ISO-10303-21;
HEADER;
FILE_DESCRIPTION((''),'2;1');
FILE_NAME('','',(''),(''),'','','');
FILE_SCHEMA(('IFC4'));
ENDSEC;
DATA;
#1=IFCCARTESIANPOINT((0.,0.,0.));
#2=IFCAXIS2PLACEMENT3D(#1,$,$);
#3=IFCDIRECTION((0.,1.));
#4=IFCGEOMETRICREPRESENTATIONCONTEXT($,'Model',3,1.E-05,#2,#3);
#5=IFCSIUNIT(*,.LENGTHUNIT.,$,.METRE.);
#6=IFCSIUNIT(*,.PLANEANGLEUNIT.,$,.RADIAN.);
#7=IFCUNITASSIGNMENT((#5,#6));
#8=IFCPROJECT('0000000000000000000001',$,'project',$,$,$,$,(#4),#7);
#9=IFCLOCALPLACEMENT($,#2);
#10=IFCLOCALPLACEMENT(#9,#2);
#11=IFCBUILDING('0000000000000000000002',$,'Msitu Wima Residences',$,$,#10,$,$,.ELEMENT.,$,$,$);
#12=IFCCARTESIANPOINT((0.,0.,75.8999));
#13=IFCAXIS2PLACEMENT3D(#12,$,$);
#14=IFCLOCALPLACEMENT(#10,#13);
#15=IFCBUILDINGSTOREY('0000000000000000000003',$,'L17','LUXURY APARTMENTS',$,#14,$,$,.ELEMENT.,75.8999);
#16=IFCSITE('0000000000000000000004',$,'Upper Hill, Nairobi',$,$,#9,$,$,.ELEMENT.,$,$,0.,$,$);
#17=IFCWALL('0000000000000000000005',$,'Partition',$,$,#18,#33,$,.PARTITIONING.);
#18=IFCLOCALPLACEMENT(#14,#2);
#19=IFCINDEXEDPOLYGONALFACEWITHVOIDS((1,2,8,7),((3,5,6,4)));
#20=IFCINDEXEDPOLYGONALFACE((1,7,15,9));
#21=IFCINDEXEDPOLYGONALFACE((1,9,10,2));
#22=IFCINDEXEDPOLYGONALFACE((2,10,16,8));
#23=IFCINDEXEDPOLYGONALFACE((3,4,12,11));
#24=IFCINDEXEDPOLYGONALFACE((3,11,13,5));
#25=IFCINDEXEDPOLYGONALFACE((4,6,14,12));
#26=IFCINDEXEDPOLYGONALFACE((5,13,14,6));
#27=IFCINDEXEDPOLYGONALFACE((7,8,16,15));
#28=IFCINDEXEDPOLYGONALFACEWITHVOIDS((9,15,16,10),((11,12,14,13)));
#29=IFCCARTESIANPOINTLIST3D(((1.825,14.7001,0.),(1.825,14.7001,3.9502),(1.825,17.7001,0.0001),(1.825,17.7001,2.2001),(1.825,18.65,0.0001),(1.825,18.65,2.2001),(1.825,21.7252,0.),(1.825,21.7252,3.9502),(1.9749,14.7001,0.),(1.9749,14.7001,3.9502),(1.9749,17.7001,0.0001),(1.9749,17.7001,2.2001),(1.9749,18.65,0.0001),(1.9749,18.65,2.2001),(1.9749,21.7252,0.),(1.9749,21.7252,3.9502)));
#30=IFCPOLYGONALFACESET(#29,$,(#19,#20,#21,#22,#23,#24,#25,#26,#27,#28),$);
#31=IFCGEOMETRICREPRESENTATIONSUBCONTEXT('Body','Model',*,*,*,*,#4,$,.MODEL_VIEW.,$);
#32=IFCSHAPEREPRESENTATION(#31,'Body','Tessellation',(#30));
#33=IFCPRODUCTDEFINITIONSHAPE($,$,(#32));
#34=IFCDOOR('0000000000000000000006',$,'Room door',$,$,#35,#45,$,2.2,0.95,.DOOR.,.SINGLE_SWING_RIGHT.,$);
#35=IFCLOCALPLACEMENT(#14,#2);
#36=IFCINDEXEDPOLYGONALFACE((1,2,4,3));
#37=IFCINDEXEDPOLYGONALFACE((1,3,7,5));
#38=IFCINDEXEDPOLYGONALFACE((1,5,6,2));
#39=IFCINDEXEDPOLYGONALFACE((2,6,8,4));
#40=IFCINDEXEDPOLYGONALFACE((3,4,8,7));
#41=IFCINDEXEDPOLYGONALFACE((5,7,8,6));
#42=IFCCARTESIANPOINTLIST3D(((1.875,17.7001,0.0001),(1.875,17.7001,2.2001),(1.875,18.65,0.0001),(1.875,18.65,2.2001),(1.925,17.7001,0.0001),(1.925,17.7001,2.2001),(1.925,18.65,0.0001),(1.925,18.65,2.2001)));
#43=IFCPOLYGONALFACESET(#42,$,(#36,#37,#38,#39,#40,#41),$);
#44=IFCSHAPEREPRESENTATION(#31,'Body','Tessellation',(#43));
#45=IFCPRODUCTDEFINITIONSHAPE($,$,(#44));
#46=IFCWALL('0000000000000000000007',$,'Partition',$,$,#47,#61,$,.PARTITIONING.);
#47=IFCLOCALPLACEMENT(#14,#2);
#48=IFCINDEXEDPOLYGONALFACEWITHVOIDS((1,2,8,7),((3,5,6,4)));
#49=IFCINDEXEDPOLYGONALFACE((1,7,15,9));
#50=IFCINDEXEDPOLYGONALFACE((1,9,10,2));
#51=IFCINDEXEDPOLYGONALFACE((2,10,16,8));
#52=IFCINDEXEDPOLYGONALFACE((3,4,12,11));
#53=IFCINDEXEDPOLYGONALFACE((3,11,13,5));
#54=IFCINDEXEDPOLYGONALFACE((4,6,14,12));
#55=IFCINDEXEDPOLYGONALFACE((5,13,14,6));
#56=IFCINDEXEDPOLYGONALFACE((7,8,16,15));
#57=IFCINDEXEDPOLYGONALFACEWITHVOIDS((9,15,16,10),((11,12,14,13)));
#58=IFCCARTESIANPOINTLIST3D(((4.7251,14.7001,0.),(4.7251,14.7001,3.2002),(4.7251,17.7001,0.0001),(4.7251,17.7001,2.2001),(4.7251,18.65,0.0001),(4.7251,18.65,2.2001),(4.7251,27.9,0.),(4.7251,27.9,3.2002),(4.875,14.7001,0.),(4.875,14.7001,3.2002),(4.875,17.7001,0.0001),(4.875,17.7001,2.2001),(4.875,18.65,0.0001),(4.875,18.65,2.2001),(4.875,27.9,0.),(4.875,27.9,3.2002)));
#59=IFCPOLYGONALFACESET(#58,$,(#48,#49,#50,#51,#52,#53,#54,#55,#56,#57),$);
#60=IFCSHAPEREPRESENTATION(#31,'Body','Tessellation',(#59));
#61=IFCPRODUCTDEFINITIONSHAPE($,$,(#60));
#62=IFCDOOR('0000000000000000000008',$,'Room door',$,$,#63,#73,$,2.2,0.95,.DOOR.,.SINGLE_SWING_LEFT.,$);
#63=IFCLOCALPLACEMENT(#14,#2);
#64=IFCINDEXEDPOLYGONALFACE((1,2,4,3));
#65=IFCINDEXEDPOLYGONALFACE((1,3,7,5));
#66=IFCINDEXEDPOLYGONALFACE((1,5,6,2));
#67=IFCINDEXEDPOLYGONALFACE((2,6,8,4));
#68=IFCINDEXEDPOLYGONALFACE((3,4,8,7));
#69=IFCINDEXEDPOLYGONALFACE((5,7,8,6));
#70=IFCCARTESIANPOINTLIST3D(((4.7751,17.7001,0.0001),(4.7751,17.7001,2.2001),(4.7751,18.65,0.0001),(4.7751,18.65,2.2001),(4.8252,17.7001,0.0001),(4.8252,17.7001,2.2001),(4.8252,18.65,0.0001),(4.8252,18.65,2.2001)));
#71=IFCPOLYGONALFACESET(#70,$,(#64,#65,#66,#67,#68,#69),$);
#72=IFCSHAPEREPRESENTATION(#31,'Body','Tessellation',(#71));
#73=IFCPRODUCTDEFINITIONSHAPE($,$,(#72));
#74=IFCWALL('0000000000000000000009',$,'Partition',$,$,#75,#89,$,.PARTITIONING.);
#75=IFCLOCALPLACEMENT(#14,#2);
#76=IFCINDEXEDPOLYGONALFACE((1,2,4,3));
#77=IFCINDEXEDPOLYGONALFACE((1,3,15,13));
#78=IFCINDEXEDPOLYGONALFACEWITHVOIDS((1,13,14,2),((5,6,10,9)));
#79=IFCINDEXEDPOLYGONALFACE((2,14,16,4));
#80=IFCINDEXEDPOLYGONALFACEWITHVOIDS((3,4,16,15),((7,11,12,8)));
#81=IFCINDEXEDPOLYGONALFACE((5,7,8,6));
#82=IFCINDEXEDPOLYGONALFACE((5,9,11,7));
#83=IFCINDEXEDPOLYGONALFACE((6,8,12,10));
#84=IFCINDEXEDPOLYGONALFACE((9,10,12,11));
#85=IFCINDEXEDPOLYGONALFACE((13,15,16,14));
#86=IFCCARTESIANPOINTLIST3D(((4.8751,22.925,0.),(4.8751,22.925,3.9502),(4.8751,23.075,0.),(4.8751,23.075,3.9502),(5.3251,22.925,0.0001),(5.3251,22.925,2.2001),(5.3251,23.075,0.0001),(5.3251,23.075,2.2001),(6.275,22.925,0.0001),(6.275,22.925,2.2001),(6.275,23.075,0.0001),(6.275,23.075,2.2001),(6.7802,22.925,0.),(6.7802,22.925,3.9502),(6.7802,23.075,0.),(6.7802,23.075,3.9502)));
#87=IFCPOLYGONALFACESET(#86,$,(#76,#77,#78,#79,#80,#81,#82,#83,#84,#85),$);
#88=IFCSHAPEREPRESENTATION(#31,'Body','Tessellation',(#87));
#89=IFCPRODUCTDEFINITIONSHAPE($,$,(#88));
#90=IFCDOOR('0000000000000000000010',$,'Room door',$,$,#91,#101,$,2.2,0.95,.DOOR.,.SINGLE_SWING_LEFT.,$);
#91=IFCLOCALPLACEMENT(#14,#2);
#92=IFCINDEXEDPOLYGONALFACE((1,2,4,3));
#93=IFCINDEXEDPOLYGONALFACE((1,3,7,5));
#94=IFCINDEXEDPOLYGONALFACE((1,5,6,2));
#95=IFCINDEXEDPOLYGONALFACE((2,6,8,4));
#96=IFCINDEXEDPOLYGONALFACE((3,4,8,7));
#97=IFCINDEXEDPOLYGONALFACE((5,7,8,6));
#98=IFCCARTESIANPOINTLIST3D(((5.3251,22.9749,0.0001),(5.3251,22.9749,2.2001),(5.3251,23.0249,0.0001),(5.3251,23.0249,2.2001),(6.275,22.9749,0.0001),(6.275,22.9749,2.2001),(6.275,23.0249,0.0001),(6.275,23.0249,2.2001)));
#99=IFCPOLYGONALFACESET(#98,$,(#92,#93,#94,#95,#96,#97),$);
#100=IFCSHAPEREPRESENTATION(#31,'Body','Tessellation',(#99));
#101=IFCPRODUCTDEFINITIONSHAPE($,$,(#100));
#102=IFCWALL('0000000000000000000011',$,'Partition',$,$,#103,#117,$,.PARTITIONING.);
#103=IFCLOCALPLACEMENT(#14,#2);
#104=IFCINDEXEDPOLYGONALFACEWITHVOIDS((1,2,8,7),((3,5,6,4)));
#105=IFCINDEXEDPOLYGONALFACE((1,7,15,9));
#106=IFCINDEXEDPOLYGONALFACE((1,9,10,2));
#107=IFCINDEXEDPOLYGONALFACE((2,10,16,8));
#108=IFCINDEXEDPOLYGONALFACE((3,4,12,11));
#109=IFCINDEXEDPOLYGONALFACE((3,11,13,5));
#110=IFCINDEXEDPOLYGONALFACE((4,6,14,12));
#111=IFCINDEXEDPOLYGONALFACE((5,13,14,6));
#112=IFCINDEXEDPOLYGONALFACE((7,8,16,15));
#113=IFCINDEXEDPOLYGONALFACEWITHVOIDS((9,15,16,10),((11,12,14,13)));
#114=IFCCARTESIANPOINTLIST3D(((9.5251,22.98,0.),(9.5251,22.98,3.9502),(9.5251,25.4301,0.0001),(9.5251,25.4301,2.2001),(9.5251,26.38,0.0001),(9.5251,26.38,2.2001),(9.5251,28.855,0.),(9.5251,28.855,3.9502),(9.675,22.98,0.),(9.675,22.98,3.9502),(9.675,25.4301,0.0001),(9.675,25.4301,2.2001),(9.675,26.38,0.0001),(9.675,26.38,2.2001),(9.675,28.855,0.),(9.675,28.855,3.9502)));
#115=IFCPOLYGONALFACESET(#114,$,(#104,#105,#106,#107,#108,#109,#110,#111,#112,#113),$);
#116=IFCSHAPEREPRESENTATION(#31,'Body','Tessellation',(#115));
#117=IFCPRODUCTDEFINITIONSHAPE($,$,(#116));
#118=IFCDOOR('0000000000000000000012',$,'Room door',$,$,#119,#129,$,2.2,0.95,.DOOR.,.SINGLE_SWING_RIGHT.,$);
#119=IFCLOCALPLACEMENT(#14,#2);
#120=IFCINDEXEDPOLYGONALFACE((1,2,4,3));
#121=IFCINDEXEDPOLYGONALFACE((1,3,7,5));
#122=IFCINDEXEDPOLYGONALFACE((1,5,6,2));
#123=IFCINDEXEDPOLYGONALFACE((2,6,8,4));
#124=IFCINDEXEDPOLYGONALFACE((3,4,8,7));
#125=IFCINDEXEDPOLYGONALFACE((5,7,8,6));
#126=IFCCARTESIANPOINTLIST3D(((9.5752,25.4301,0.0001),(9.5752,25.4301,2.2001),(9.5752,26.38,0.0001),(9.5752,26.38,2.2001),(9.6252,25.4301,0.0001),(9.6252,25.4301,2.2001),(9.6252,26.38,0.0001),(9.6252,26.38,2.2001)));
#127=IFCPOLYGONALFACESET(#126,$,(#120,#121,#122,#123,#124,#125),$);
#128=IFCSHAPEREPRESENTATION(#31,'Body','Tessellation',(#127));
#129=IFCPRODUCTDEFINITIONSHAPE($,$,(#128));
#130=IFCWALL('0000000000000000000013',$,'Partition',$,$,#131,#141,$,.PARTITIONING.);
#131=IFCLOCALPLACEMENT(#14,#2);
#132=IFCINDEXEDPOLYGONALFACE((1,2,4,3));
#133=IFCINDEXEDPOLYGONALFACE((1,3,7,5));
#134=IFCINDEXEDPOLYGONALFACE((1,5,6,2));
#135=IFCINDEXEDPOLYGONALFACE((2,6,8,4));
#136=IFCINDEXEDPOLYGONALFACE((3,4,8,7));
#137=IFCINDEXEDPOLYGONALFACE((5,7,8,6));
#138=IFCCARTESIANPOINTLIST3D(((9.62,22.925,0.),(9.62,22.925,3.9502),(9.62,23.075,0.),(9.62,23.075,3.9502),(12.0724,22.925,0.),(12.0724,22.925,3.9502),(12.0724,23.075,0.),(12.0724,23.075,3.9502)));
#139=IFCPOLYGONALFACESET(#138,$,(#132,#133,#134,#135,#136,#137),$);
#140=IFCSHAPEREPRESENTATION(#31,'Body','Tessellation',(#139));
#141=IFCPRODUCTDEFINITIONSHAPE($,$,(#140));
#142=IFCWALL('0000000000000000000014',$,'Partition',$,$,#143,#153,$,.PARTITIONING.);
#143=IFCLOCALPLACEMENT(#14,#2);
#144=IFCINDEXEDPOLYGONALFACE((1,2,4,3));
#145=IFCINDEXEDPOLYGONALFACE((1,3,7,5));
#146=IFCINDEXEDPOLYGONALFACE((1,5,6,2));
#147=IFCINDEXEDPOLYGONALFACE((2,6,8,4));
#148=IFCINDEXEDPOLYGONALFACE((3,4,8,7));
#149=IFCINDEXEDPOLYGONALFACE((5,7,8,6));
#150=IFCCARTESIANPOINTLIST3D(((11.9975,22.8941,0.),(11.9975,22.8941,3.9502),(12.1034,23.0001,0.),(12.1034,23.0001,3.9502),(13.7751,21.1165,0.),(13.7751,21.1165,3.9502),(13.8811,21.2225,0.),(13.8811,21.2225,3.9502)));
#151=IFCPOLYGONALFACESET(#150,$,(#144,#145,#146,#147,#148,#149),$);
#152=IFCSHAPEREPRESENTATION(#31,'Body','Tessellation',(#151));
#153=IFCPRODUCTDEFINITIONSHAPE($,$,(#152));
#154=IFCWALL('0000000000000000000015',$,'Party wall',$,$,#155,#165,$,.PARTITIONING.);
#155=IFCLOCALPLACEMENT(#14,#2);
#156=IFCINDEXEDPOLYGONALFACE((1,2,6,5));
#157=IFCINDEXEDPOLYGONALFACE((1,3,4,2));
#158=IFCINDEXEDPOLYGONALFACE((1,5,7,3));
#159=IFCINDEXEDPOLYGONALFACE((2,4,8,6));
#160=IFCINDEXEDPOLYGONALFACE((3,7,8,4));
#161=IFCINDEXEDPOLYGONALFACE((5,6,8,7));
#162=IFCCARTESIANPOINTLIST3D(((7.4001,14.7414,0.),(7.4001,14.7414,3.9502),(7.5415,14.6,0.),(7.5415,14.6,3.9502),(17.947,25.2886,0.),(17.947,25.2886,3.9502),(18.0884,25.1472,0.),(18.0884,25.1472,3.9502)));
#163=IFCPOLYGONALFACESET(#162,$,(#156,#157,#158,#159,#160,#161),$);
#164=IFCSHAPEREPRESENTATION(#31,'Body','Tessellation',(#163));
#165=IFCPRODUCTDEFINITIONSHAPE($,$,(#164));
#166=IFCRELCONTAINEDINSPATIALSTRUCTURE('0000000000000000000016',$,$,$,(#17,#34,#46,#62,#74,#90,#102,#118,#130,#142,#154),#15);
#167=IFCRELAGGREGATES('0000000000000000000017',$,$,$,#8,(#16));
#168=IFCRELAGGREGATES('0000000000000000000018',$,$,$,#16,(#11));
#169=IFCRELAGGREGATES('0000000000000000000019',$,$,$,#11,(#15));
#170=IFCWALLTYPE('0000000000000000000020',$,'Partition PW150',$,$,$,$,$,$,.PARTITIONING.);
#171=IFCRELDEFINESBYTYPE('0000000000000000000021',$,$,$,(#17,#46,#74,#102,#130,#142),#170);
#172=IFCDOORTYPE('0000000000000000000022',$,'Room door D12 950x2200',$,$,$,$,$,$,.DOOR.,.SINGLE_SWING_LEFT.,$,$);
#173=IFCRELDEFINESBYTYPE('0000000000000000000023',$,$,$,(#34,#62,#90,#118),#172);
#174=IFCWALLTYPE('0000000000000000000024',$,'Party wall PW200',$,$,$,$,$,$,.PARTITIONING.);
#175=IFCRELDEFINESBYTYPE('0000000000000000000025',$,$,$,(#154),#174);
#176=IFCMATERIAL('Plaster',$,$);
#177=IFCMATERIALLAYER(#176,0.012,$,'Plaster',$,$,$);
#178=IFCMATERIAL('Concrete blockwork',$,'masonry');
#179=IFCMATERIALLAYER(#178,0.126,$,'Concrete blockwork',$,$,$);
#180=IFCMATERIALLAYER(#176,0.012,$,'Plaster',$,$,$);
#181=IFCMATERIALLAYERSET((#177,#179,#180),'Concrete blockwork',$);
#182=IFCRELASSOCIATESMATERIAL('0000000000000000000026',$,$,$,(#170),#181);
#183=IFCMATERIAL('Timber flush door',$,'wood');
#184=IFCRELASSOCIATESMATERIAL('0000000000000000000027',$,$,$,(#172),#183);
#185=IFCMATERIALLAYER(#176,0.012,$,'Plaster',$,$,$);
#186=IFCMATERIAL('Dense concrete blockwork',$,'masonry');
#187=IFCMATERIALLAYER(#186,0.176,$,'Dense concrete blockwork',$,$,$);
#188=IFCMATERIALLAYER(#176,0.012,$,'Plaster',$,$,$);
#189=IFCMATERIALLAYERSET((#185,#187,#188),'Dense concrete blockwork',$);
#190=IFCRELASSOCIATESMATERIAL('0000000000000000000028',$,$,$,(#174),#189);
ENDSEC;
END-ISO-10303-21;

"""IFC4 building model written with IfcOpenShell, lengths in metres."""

from ifc_helpers import new_model, si_unit, direction, frame, frame_2d, origin, place, context, subcontext, project, spatial, rectangle, extrude, material, layer, layer_set, type_object, element, fill, save


model = new_model("IFC4")

# Units and contexts
model_context = context("Model", 3, precision=1e-05, world=origin(), true_north=direction((0.0, 1.0)))
body_context = subcontext(model_context, "Body", "Model", "MODEL_VIEW")
ifc_project = project(units=[si_unit("LENGTHUNIT", "METRE"), si_unit("PLANEANGLEUNIT", "RADIAN")], contexts=[model_context])

# Site, building, storey
site_placement = place(None, origin())
site = spatial("IfcSite", under=ifc_project, at=site_placement, Name="Upper Hill, Nairobi", CompositionType="ELEMENT", RefElevation=0.0)
building_placement = place(site_placement, origin())
building = spatial("IfcBuilding", under=site, at=building_placement, Name="Msitu Wima Residences", CompositionType="ELEMENT")
storey_placement = place(building_placement, frame((0.0, 0.0, 75.8999)))
storey = spatial("IfcBuildingStorey", under=building, at=storey_placement, Name="L17", Description="LUXURY APARTMENTS", CompositionType="ELEMENT", Elevation=75.8999)

# Walls, openings, doors
ifc_material_1 = material(Name="Plaster")
ifc_layer_1 = layer(ifc_material_1, 0.012, Name="Plaster")
ifc_material_2 = material(Name="Concrete blockwork", Category="masonry")
ifc_layer_2 = layer(ifc_material_2, 0.126, Name="Concrete blockwork")
ifc_layer_3 = layer(ifc_material_1, 0.012, Name="Plaster")
ifc_layer_set_1 = layer_set([ifc_layer_1, ifc_layer_2, ifc_layer_3], Name="Concrete blockwork")
wall_type_1 = type_object("IfcWallType", Name="Partition PW150", PredefinedType="PARTITIONING", material=ifc_layer_set_1)
wall_1_placement = place(storey_placement, frame((1.8999, 14.7, 0.0), z_axis=(0.0, 0.0, 1.0), x_axis=(0.0, 1.0, 0.0)))
wall_1 = element("IfcWall", 1, at=wall_1_placement, inside=storey, type_object=wall_type_1, Name="Partition", PredefinedType="PARTITIONING", context=body_context, shape_type="SweptSolid", body=[
    extrude(rectangle(XDim=7.0251, YDim=0.1499, at=frame_2d((3.5127, 0.0))), origin(), (0.0, 0.0, 1.0), 3.9502),
])
opening_1_placement = place(wall_1_placement, frame((3.0, 0.0, 0.0)))
opening_1 = element("IfcOpeningElement", 2, at=opening_1_placement, cuts=wall_1, PredefinedType="OPENING", context=body_context, shape_type="SweptSolid", body=[
    extrude(rectangle(XDim=0.95, YDim=2.2, at=frame_2d((0.4751, 1.1001))), frame((0.0, 0.085, 0.0), z_axis=(0.0, -1.0, 0.0), x_axis=(1.0, 0.0, 0.0)), (0.0, 0.0, 1.0), 0.1699),
])
ifc_material_3 = material(Name="Timber flush door", Category="wood")
door_type_1 = type_object("IfcDoorType", Name="Room door D12 950x2200", OperationType="SINGLE_SWING_LEFT", PredefinedType="DOOR", material=ifc_material_3)
door_1_placement = place(opening_1_placement, origin())
door_1 = element("IfcDoor", 3, at=door_1_placement, inside=storey, type_object=door_type_1, Name="Room door", OperationType="SINGLE_SWING_RIGHT", OverallHeight=2.2, OverallWidth=0.95, PredefinedType="DOOR", context=body_context, shape_type="SweptSolid", body=[
    extrude(rectangle(XDim=0.95, YDim=2.2, at=frame_2d((0.4751, 1.1001))), frame((0.0, 0.0249, 0.0), z_axis=(0.0, -1.0, 0.0), x_axis=(1.0, 0.0, 0.0)), (0.0, 0.0, 1.0), 0.05),
])
fill(opening_1, door_1)
wall_2_placement = place(storey_placement, frame((4.8, 14.7, 0.0), z_axis=(0.0, 0.0, 1.0), x_axis=(0.0, 1.0, 0.0)))
wall_2 = element("IfcWall", 4, at=wall_2_placement, inside=storey, type_object=wall_type_1, Name="Partition", PredefinedType="PARTITIONING", context=body_context, shape_type="SweptSolid", body=[
    extrude(rectangle(XDim=13.2, YDim=0.1499, at=frame_2d((6.6001, 0.0))), origin(), (0.0, 0.0, 1.0), 3.2002),
])
opening_2_placement = place(wall_2_placement, frame((3.0, 0.0, 0.0)))
opening_2 = element("IfcOpeningElement", 5, at=opening_2_placement, cuts=wall_2, PredefinedType="OPENING", context=body_context, shape_type="SweptSolid", body=[
    extrude(rectangle(XDim=0.95, YDim=2.2, at=frame_2d((0.4751, 1.1001))), frame((0.0, 0.085, 0.0), z_axis=(0.0, -1.0, 0.0), x_axis=(1.0, 0.0, 0.0)), (0.0, 0.0, 1.0), 0.1699),
])
door_2_placement = place(opening_2_placement, origin())
door_2 = element("IfcDoor", 6, at=door_2_placement, inside=storey, type_object=door_type_1, Name="Room door", OperationType="SINGLE_SWING_LEFT", OverallHeight=2.2, OverallWidth=0.95, PredefinedType="DOOR", context=body_context, shape_type="SweptSolid", body=[
    extrude(rectangle(XDim=0.95, YDim=2.2, at=frame_2d((0.4751, 1.1001))), frame((0.0, 0.0249, 0.0), z_axis=(0.0, -1.0, 0.0), x_axis=(1.0, 0.0, 0.0)), (0.0, 0.0, 1.0), 0.05),
])
fill(opening_2, door_2)
wall_3_placement = place(storey_placement, frame((4.875, 23.0, 0.0), z_axis=(0.0, 0.0, 1.0), x_axis=(1.0, 0.0, 0.0)))
wall_3 = element("IfcWall", 7, at=wall_3_placement, inside=storey, type_object=wall_type_1, Name="Partition", PredefinedType="PARTITIONING", context=body_context, shape_type="SweptSolid", body=[
    extrude(rectangle(XDim=1.905, YDim=0.1499, at=frame_2d((0.9526, 0.0))), origin(), (0.0, 0.0, 1.0), 3.9502),
])
opening_3_placement = place(wall_3_placement, frame((0.45, 0.0, 0.0)))
opening_3 = element("IfcOpeningElement", 8, at=opening_3_placement, cuts=wall_3, PredefinedType="OPENING", context=body_context, shape_type="SweptSolid", body=[
    extrude(rectangle(XDim=0.95, YDim=2.2, at=frame_2d((0.4751, 1.1001))), frame((0.0, 0.085, 0.0), z_axis=(0.0, -1.0, 0.0), x_axis=(1.0, 0.0, 0.0)), (0.0, 0.0, 1.0), 0.1699),
])
door_3_placement = place(opening_3_placement, origin())
door_3 = element("IfcDoor", 9, at=door_3_placement, inside=storey, type_object=door_type_1, Name="Room door", OperationType="SINGLE_SWING_LEFT", OverallHeight=2.2, OverallWidth=0.95, PredefinedType="DOOR", context=body_context, shape_type="SweptSolid", body=[
    extrude(rectangle(XDim=0.95, YDim=2.2, at=frame_2d((0.4751, 1.1001))), frame((0.0, 0.0249, 0.0), z_axis=(0.0, -1.0, 0.0), x_axis=(1.0, 0.0, 0.0)), (0.0, 0.0, 1.0), 0.05),
])
fill(opening_3, door_3)
wall_4_placement = place(storey_placement, frame((9.6001, 22.98, 0.0), z_axis=(0.0, 0.0, 1.0), x_axis=(0.0, 1.0, 0.0)))
wall_4 = element("IfcWall", 10, at=wall_4_placement, inside=storey, type_object=wall_type_1, Name="Partition", PredefinedType="PARTITIONING", context=body_context, shape_type="SweptSolid", body=[
    extrude(rectangle(XDim=5.875, YDim=0.1499, at=frame_2d((2.9375, 0.0))), origin(), (0.0, 0.0, 1.0), 3.9502),
])
opening_4_placement = place(wall_4_placement, frame((2.45, 0.0, 0.0)))
opening_4 = element("IfcOpeningElement", 11, at=opening_4_placement, cuts=wall_4, PredefinedType="OPENING", context=body_context, shape_type="SweptSolid", body=[
    extrude(rectangle(XDim=0.95, YDim=2.2, at=frame_2d((0.4751, 1.1001))), frame((0.0, 0.085, 0.0), z_axis=(0.0, -1.0, 0.0), x_axis=(1.0, 0.0, 0.0)), (0.0, 0.0, 1.0), 0.1699),
])
door_4_placement = place(opening_4_placement, origin())
door_4 = element("IfcDoor", 12, at=door_4_placement, inside=storey, type_object=door_type_1, Name="Room door", OperationType="SINGLE_SWING_RIGHT", OverallHeight=2.2, OverallWidth=0.95, PredefinedType="DOOR", context=body_context, shape_type="SweptSolid", body=[
    extrude(rectangle(XDim=0.95, YDim=2.2, at=frame_2d((0.4751, 1.1001))), frame((0.0, 0.0249, 0.0), z_axis=(0.0, -1.0, 0.0), x_axis=(1.0, 0.0, 0.0)), (0.0, 0.0, 1.0), 0.05),
])
fill(opening_4, door_4)

# Walls
wall_5_placement = place(storey_placement, frame((9.6201, 23.0, 0.0), z_axis=(0.0, 0.0, 1.0), x_axis=(1.0, 0.0, 0.0)))
element("IfcWall", 13, at=wall_5_placement, inside=storey, type_object=wall_type_1, Name="Partition", PredefinedType="PARTITIONING", context=body_context, shape_type="SweptSolid", body=[
    extrude(rectangle(XDim=2.4524, YDim=0.1499, at=frame_2d((1.2261, 0.0))), origin(), (0.0, 0.0, 1.0), 3.9502),
])
wall_6_placement = place(storey_placement, frame((12.0505, 22.947, 0.0), z_axis=(0.0, 0.0, 1.0), x_axis=(0.707107, -0.707107, 0.0)))
element("IfcWall", 14, at=wall_6_placement, inside=storey, type_object=wall_type_1, Name="Partition", PredefinedType="PARTITIONING", context=body_context, shape_type="SweptSolid", body=[
    extrude(rectangle(XDim=2.5139, YDim=0.1499, at=frame_2d((1.2568, 0.0))), origin(), (0.0, 0.0, 1.0), 3.9502),
])
ifc_layer_4 = layer(ifc_material_1, 0.012, Name="Plaster")
ifc_material_4 = material(Name="Dense concrete blockwork", Category="masonry")
ifc_layer_5 = layer(ifc_material_4, 0.176, Name="Dense concrete blockwork")
ifc_layer_6 = layer(ifc_material_1, 0.012, Name="Plaster")
ifc_layer_set_2 = layer_set([ifc_layer_4, ifc_layer_5, ifc_layer_6], Name="Dense concrete blockwork")
wall_type_2 = type_object("IfcWallType", Name="Party wall PW200", PredefinedType="PARTITIONING", material=ifc_layer_set_2)
wall_7_placement = place(storey_placement, frame((7.4707, 14.6707, 0.0), z_axis=(0.0, 0.0, 1.0), x_axis=(0.707099, 0.707115, 0.0)))
element("IfcWall", 15, at=wall_7_placement, inside=storey, type_object=wall_type_2, Name="Party wall", PredefinedType="PARTITIONING", context=body_context, shape_type="SweptSolid", body=[
    extrude(rectangle(XDim=14.9158, YDim=0.2, at=frame_2d((7.458, 0.0))), origin(), (0.0, 0.0, 1.0), 3.9502),
])

save(model, "model.ifc")
